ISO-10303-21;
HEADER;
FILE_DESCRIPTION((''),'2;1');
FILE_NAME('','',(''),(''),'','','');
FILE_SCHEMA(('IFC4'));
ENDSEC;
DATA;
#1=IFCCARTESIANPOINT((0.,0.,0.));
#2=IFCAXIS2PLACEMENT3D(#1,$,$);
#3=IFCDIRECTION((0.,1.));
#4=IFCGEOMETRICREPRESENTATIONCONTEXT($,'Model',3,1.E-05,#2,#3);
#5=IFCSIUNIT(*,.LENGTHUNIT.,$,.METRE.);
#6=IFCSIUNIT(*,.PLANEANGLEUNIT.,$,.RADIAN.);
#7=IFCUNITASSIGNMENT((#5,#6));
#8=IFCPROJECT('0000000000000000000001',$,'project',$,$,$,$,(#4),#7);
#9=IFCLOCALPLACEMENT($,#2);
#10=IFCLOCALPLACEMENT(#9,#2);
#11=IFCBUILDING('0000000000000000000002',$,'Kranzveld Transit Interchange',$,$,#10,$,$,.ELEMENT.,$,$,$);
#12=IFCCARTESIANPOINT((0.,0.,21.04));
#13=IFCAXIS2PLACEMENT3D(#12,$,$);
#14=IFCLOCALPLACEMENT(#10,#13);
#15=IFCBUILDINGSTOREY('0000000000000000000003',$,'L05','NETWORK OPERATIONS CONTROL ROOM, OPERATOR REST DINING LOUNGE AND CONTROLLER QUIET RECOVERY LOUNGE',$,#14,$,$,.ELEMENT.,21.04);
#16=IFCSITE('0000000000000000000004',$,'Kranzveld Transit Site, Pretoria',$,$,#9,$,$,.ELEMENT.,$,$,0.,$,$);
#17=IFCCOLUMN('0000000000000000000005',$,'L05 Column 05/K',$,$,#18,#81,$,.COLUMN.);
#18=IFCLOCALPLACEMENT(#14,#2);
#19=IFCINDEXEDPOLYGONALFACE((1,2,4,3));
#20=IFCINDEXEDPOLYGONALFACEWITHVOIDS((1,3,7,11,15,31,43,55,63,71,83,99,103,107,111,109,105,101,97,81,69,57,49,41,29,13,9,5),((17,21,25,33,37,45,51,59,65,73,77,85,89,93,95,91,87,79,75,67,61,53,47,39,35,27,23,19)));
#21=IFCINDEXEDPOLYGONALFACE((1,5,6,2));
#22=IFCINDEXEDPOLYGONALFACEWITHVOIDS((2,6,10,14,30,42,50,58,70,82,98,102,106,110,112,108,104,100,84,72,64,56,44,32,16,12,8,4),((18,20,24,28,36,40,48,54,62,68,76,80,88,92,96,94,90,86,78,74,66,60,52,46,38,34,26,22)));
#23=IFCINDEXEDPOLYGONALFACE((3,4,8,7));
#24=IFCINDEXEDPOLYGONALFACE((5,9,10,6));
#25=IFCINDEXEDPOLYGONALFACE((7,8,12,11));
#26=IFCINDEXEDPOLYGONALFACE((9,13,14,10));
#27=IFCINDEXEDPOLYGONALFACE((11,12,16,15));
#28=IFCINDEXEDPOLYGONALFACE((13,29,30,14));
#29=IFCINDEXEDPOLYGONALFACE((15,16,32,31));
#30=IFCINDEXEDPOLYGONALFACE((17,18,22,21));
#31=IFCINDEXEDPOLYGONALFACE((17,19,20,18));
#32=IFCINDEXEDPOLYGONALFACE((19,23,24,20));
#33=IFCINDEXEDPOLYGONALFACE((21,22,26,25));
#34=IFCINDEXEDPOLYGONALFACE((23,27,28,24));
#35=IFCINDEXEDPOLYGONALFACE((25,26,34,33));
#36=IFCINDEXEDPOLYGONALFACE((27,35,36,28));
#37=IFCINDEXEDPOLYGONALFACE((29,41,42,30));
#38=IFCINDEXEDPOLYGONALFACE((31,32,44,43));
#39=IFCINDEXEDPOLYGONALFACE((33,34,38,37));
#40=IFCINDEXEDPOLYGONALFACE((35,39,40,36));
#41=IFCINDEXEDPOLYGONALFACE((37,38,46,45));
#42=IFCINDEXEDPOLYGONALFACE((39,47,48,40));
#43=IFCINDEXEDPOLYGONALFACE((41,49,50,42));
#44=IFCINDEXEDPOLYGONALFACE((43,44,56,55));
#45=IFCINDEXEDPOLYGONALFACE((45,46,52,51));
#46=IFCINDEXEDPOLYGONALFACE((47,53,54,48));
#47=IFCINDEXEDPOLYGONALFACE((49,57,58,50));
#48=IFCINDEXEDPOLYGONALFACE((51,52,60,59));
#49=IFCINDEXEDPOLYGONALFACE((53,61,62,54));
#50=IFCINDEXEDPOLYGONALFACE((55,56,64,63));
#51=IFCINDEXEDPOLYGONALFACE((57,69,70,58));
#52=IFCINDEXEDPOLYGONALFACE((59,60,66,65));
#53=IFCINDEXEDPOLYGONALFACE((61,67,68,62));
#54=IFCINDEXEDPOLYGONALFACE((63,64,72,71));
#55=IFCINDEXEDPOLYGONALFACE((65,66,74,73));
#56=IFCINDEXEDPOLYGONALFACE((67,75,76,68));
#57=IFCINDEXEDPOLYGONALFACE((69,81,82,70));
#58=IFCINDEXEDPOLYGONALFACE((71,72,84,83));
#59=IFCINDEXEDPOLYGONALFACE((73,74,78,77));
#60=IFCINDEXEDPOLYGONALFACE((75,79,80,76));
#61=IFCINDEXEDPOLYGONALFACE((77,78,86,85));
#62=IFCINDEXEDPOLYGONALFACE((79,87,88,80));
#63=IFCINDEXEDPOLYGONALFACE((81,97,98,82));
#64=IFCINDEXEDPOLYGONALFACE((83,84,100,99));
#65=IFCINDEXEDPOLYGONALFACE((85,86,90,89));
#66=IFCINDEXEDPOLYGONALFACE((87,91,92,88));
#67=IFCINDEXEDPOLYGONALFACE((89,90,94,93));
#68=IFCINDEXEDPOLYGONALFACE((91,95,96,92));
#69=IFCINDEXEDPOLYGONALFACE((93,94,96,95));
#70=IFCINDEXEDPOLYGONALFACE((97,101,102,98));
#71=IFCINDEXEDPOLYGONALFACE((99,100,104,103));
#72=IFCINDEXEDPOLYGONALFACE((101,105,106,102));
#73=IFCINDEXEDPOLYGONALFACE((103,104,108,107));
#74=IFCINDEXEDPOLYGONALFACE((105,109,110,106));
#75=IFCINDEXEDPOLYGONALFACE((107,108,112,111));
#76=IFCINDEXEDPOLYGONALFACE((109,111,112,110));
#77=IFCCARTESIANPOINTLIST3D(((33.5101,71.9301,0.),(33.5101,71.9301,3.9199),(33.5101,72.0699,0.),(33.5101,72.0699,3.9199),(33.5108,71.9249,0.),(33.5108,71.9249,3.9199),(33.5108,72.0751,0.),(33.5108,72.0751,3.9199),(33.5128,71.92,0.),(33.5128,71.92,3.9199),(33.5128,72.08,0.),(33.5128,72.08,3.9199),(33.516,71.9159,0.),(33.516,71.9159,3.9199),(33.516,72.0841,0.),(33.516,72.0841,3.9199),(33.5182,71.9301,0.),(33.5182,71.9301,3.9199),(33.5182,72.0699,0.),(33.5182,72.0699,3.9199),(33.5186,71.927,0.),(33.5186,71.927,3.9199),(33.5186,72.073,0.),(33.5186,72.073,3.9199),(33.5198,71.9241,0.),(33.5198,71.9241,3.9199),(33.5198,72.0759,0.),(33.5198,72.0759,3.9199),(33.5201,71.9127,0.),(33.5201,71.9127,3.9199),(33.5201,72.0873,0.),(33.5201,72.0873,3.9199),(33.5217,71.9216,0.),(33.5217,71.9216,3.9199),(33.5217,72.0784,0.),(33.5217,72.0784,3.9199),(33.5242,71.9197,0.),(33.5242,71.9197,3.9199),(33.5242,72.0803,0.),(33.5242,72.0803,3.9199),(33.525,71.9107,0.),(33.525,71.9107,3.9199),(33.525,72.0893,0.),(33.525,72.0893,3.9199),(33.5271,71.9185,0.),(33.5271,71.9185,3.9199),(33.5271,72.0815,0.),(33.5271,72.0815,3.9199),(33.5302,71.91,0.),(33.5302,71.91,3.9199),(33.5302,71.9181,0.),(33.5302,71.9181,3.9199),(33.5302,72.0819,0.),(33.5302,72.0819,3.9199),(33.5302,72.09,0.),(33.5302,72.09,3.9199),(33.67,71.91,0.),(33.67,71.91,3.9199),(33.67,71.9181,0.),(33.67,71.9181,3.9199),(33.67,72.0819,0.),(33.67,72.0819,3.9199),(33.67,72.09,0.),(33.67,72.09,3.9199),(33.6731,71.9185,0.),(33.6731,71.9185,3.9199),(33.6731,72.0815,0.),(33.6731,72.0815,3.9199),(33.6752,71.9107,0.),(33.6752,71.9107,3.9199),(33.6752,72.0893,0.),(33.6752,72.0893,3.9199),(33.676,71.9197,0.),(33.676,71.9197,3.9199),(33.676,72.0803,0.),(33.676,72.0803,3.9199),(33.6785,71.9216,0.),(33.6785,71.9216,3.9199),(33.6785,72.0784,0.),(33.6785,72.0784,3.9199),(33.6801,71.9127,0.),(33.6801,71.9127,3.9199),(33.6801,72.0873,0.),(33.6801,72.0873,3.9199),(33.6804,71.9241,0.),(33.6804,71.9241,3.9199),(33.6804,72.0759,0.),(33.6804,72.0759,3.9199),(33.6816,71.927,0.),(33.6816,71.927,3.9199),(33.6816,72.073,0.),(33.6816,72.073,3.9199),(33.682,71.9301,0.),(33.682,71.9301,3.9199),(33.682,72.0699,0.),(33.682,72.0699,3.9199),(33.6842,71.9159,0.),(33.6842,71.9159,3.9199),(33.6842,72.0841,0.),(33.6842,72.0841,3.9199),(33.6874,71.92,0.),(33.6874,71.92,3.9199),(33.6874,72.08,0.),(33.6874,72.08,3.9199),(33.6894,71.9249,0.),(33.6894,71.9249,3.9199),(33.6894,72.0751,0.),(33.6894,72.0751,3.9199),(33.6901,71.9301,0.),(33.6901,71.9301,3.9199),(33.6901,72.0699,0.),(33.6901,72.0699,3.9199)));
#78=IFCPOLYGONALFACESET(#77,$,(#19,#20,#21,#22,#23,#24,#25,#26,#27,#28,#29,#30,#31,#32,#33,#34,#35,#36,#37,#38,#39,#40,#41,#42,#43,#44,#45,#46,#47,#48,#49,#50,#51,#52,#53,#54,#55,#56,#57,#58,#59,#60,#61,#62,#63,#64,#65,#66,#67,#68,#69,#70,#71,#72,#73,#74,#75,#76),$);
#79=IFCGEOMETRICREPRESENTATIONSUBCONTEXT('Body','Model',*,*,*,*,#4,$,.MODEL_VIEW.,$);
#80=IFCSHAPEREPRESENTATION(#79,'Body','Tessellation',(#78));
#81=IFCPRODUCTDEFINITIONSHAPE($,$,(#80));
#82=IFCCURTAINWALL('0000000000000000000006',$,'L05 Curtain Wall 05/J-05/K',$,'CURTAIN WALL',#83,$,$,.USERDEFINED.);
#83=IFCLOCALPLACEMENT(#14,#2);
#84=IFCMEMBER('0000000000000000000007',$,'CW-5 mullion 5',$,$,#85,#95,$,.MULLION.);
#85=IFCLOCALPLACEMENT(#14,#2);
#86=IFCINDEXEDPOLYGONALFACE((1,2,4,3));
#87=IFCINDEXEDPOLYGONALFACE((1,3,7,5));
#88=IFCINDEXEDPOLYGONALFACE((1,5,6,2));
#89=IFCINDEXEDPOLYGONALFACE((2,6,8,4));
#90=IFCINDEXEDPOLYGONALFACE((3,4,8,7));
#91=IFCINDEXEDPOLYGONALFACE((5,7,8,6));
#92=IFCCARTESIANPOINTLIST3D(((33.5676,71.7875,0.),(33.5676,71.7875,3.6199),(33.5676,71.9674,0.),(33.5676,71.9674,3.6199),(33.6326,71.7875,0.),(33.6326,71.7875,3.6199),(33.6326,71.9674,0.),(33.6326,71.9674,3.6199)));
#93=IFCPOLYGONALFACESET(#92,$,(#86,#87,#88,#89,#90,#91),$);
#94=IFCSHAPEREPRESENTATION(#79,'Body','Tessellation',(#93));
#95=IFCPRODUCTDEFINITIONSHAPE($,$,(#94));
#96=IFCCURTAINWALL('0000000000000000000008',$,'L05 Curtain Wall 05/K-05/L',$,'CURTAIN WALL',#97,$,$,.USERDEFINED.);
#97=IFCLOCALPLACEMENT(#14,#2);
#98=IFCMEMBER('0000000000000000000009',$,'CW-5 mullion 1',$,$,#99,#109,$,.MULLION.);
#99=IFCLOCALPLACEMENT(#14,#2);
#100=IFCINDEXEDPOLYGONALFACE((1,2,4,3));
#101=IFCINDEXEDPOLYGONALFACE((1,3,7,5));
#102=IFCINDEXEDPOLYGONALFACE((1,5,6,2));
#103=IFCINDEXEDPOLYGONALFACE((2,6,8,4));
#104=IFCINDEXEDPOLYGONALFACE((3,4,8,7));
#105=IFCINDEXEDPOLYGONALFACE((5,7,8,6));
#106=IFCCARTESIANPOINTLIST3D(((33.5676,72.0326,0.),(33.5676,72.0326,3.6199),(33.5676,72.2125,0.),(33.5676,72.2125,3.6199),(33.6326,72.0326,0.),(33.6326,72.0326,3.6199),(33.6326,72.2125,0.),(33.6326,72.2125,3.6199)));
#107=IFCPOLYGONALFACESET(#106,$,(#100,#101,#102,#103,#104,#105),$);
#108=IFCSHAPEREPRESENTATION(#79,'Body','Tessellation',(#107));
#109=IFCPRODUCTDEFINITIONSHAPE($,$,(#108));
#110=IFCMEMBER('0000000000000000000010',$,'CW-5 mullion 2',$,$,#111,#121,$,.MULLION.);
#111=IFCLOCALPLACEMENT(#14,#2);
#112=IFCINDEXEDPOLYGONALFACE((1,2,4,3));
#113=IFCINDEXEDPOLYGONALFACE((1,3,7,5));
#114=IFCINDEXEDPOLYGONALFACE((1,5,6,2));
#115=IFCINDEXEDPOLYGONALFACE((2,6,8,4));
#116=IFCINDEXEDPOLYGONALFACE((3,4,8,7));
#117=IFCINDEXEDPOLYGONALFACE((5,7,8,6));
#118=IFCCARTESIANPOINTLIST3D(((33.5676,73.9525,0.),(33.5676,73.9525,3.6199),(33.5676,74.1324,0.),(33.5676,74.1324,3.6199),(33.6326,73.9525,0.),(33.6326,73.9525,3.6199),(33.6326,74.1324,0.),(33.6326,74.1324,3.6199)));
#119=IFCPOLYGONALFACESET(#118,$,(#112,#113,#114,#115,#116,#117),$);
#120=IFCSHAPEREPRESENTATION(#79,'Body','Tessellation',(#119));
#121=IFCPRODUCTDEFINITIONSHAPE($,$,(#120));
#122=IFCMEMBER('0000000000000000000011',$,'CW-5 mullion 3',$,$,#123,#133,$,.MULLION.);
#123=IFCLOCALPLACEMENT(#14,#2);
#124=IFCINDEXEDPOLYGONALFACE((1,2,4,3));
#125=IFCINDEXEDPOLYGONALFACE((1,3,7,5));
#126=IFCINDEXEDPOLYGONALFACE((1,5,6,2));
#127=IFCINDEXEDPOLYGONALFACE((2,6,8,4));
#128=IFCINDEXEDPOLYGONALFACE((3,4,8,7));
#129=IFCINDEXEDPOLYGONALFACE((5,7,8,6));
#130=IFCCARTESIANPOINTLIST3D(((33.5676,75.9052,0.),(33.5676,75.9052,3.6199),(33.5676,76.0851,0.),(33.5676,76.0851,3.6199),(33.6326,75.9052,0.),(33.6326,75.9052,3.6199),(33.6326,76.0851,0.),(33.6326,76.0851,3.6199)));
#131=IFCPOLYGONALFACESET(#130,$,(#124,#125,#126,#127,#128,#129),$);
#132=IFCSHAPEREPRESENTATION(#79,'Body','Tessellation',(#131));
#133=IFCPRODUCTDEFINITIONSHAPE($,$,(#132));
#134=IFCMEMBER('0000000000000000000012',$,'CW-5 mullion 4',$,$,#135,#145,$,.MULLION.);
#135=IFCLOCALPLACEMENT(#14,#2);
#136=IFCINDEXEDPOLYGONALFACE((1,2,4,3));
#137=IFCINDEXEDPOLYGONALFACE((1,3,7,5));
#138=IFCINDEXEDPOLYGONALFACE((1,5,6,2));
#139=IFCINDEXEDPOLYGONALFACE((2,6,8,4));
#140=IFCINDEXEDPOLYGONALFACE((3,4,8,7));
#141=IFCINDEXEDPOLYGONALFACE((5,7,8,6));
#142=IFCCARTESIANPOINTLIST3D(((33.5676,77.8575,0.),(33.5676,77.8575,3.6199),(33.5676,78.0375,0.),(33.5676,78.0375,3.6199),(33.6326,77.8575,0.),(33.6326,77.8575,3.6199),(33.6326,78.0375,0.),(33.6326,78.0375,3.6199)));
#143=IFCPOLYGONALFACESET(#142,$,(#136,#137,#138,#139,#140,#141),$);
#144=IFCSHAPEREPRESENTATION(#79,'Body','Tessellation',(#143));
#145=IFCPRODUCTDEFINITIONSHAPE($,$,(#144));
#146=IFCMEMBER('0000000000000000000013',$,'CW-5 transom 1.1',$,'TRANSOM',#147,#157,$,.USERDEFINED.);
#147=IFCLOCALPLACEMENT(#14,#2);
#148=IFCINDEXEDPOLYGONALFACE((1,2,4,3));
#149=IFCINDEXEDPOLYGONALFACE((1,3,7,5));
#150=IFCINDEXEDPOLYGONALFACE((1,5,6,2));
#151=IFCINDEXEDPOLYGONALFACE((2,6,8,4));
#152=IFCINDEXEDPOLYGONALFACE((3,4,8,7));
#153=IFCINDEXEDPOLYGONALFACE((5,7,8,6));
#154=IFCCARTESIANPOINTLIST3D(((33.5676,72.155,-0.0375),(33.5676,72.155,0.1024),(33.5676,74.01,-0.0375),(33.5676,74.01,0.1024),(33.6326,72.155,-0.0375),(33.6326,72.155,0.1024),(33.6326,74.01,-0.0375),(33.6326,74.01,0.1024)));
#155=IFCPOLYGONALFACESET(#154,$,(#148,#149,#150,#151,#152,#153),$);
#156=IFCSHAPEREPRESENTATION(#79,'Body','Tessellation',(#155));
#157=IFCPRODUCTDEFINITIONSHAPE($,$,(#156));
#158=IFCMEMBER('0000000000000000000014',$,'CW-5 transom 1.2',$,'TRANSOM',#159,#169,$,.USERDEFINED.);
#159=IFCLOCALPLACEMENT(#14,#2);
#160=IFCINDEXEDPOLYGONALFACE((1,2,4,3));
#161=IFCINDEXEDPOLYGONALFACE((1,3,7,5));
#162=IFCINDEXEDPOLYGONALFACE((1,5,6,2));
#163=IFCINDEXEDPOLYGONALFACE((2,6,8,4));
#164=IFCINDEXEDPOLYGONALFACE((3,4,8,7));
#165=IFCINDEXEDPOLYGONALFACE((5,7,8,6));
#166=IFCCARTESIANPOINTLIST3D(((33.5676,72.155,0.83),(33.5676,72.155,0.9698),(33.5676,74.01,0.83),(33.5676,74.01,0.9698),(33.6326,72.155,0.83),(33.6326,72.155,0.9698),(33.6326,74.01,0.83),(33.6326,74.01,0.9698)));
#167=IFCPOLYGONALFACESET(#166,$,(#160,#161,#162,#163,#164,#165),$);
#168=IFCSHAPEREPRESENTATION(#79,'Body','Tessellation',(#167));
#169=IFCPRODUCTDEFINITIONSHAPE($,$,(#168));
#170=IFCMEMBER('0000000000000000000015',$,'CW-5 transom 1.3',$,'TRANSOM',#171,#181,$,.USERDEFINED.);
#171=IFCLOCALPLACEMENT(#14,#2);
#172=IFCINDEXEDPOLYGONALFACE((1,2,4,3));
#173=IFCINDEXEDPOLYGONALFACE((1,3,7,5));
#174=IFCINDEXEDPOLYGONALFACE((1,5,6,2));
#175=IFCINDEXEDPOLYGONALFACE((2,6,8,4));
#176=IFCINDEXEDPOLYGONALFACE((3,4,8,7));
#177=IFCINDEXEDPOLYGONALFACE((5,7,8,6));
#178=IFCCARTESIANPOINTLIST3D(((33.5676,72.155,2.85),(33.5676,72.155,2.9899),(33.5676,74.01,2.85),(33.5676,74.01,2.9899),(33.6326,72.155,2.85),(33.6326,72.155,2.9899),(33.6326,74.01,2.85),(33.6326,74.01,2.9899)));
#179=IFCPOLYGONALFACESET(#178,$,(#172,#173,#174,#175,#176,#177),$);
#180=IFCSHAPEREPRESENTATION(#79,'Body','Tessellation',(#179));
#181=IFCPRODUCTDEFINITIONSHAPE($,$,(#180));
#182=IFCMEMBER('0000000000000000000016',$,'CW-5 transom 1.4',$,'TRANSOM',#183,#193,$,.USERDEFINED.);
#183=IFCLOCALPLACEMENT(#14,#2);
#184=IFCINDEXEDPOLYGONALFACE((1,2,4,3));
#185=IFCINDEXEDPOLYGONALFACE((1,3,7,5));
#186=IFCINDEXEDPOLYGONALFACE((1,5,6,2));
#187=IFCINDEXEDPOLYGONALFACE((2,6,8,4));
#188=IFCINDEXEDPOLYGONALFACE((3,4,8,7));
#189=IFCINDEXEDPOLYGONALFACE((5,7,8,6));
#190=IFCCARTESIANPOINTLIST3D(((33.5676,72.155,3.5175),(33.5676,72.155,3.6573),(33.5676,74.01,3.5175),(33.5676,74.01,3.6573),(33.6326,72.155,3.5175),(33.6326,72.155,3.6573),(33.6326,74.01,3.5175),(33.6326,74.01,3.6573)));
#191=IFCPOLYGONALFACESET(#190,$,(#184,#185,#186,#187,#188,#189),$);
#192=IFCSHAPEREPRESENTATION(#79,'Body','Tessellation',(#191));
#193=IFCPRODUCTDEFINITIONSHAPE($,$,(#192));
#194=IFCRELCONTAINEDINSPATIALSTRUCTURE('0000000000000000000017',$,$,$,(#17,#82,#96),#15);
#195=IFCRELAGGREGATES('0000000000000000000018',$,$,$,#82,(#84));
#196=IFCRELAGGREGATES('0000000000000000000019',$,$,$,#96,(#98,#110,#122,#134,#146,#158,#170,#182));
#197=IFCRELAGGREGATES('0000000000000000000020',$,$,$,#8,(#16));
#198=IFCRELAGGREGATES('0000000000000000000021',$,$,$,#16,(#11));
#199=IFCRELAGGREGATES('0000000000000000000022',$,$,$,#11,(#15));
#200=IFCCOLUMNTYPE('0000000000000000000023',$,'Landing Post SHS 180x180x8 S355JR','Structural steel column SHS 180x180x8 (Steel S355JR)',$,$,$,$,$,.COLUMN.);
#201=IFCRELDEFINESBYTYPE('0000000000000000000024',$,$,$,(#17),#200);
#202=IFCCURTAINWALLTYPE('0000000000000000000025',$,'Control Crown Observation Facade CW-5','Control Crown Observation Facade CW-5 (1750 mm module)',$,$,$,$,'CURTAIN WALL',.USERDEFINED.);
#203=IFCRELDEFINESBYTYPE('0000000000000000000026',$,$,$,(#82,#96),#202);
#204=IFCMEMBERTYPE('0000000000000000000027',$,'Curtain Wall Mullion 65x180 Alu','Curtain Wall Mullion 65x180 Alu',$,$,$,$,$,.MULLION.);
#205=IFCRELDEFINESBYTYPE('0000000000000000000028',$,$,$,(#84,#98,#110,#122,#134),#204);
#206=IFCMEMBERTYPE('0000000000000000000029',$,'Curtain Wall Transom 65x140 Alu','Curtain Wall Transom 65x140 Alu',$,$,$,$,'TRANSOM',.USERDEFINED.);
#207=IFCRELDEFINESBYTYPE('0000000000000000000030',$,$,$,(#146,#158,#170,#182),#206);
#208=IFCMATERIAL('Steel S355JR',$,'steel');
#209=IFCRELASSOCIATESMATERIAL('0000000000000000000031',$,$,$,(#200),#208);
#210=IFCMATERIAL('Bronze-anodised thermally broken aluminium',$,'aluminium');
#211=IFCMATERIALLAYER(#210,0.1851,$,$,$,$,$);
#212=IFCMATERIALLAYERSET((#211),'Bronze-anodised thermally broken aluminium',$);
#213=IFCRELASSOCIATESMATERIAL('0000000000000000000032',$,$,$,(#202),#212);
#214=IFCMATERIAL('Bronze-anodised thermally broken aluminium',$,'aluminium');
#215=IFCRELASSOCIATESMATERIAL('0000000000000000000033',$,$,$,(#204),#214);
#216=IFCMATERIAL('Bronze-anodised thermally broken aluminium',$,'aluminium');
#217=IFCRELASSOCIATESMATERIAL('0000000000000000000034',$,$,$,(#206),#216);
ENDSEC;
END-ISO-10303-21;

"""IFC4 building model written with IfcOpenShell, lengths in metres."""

from ifc_helpers import new_model, si_unit, direction, frame, origin, origin_2d, place, context, subcontext, project, spatial, rectangle, hollow_rectangle, extrude, material, layer, layer_set, material_profile, profile_set, type_object, element, aggregate, save


model = new_model("IFC4")

# Units and contexts
model_context = context("Model", 3, precision=1e-05, world=origin(), true_north=direction((0.0, 1.0)))
body_context = subcontext(model_context, "Body", "Model", "MODEL_VIEW")
ifc_project = project(units=[si_unit("LENGTHUNIT", "METRE"), si_unit("PLANEANGLEUNIT", "RADIAN")], contexts=[model_context])

# Site, building, storey
site_placement = place(None, origin())
site = spatial("IfcSite", under=ifc_project, at=site_placement, Name="Kranzveld Transit Site, Pretoria", CompositionType="ELEMENT", RefElevation=0.0)
building_placement = place(site_placement, origin())
building = spatial("IfcBuilding", under=site, at=building_placement, Name="Kranzveld Transit Interchange", CompositionType="ELEMENT")
storey_placement = place(building_placement, frame((0.0, 0.0, 21.04)))
storey = spatial("IfcBuildingStorey", under=building, at=storey_placement, Name="L05", Description="NETWORK OPERATIONS CONTROL ROOM, OPERATOR REST DINING LOUNGE AND CONTROLLER QUIET RECOVERY LOUNGE", CompositionType="ELEMENT", Elevation=21.04)

# Column
ifc_material_1 = material(Name="Steel S355JR", Category="steel")
ifc_material_profile_1 = material_profile(ifc_material_1, hollow_rectangle(XDim=0.1799, YDim=0.1799, WallThickness=0.0081, InnerFilletRadius=0.012, OuterFilletRadius=0.02, at=origin_2d()), Name="SHS 180x180x8")
ifc_profile_set_1 = profile_set([ifc_material_profile_1], Name="Steel S355JR")
column_type = type_object("IfcColumnType", Name="Landing Post SHS 180x180x8 S355JR", Description="Structural steel column SHS 180x180x8 (Steel S355JR)", PredefinedType="COLUMN", material=ifc_profile_set_1)
column_placement = place(storey_placement, frame((33.6001, 72.0, 0.0), z_axis=(0.0, 0.0, 1.0), x_axis=(1.0, 0.0, 0.0)))
element("IfcColumn", 1, at=column_placement, inside=storey, type_object=column_type, Name="L05 Column 05/K", PredefinedType="COLUMN", context=body_context, shape_type="SweptSolid", body=[
    extrude(hollow_rectangle(XDim=0.1799, YDim=0.1799, WallThickness=0.0081, InnerFilletRadius=0.012, OuterFilletRadius=0.02, at=origin_2d()), origin(), (0.0, 0.0, 1.0), 3.9199),
])

# Curtain wall, member
ifc_material_2 = material(Name="Bronze-anodised thermally broken aluminium", Category="aluminium")
ifc_layer_1 = layer(ifc_material_2, 0.1851)
ifc_layer_set_1 = layer_set([ifc_layer_1], Name="Bronze-anodised thermally broken aluminium")
curtain_wall_type = type_object("IfcCurtainWallType", Name="Control Crown Observation Facade CW-5", Description="Control Crown Observation Facade CW-5 (1750 mm module)", ElementType="CURTAIN WALL", PredefinedType="USERDEFINED", material=ifc_layer_set_1)
curtain_wall_1_placement = place(storey_placement, origin())
curtain_wall_1 = element("IfcCurtainWall", 2, at=curtain_wall_1_placement, inside=storey, type_object=curtain_wall_type, Name="L05 Curtain Wall 05/J-05/K", ObjectType="CURTAIN WALL", PredefinedType="USERDEFINED")
ifc_material_3 = material(Name="Bronze-anodised thermally broken aluminium", Category="aluminium")
ifc_material_profile_2 = material_profile(ifc_material_3, rectangle(XDim=0.0649, YDim=0.1799, at=origin_2d()), Name="ALU MULLION 65x180")
ifc_profile_set_2 = profile_set([ifc_material_profile_2], Name="Bronze-anodised thermally broken aluminium")
member_type_1 = type_object("IfcMemberType", Name="Curtain Wall Mullion 65x180 Alu", Description="Curtain Wall Mullion 65x180 Alu", PredefinedType="MULLION", material=ifc_profile_set_2)
member_1_placement = place(storey_placement, frame((33.6001, 71.8774, 0.0), z_axis=(0.0, 0.0, 1.0), x_axis=(-1.0, 0.0, 0.0)))
member_1 = element("IfcMember", 3, at=member_1_placement, type_object=member_type_1, Name="CW-5 mullion 5", PredefinedType="MULLION", context=body_context, shape_type="SweptSolid", body=[
    extrude(rectangle(XDim=0.0649, YDim=0.1799, at=origin_2d()), origin(), (0.0, 0.0, 1.0), 3.6199),
])

# Curtain wall, members
curtain_wall_2_placement = place(storey_placement, origin())
curtain_wall_2 = element("IfcCurtainWall", 4, at=curtain_wall_2_placement, inside=storey, type_object=curtain_wall_type, Name="L05 Curtain Wall 05/K-05/L", ObjectType="CURTAIN WALL", PredefinedType="USERDEFINED")
member_2_placement = place(storey_placement, frame((33.6001, 72.1226, 0.0), z_axis=(0.0, 0.0, 1.0), x_axis=(-1.0, 0.0, 0.0)))
member_2 = element("IfcMember", 5, at=member_2_placement, type_object=member_type_1, Name="CW-5 mullion 1", PredefinedType="MULLION", context=body_context, shape_type="SweptSolid", body=[
    extrude(rectangle(XDim=0.0649, YDim=0.1799, at=origin_2d()), origin(), (0.0, 0.0, 1.0), 3.6199),
])
member_3_placement = place(storey_placement, frame((33.6001, 74.0425, 0.0), z_axis=(0.0, 0.0, 1.0), x_axis=(-1.0, 0.0, 0.0)))
member_3 = element("IfcMember", 6, at=member_3_placement, type_object=member_type_1, Name="CW-5 mullion 2", PredefinedType="MULLION", context=body_context, shape_type="SweptSolid", body=[
    extrude(rectangle(XDim=0.0649, YDim=0.1799, at=origin_2d()), origin(), (0.0, 0.0, 1.0), 3.6199),
])
member_4_placement = place(storey_placement, frame((33.6001, 75.9951, 0.0), z_axis=(0.0, 0.0, 1.0), x_axis=(-1.0, 0.0, 0.0)))
member_4 = element("IfcMember", 7, at=member_4_placement, type_object=member_type_1, Name="CW-5 mullion 3", PredefinedType="MULLION", context=body_context, shape_type="SweptSolid", body=[
    extrude(rectangle(XDim=0.0649, YDim=0.1799, at=origin_2d()), origin(), (0.0, 0.0, 1.0), 3.6199),
])
member_5_placement = place(storey_placement, frame((33.6001, 77.9475, 0.0), z_axis=(0.0, 0.0, 1.0), x_axis=(-1.0, 0.0, 0.0)))
member_5 = element("IfcMember", 8, at=member_5_placement, type_object=member_type_1, Name="CW-5 mullion 4", PredefinedType="MULLION", context=body_context, shape_type="SweptSolid", body=[
    extrude(rectangle(XDim=0.0649, YDim=0.1799, at=origin_2d()), origin(), (0.0, 0.0, 1.0), 3.6199),
])
ifc_material_4 = material(Name="Bronze-anodised thermally broken aluminium", Category="aluminium")
ifc_material_profile_3 = material_profile(ifc_material_4, rectangle(XDim=0.0649, YDim=0.1399, at=origin_2d()), Name="ALU TRANSOM 65x140")
ifc_profile_set_3 = profile_set([ifc_material_profile_3], Name="Bronze-anodised thermally broken aluminium")
member_type_2 = type_object("IfcMemberType", Name="Curtain Wall Transom 65x140 Alu", Description="Curtain Wall Transom 65x140 Alu", ElementType="TRANSOM", PredefinedType="USERDEFINED", material=ifc_profile_set_3)
member_6_placement = place(storey_placement, frame((33.6001, 72.155, 0.0325), z_axis=(0.0, 1.0, 0.0), x_axis=(-1.0, 0.0, 0.0)))
member_6 = element("IfcMember", 9, at=member_6_placement, type_object=member_type_2, Name="CW-5 transom 1.1", ObjectType="TRANSOM", PredefinedType="USERDEFINED", context=body_context, shape_type="SweptSolid", body=[
    extrude(rectangle(XDim=0.0649, YDim=0.1399, at=origin_2d()), origin(), (0.0, 0.0, 1.0), 1.855),
])
member_7_placement = place(storey_placement, frame((33.6001, 72.155, 0.8999), z_axis=(0.0, 1.0, 0.0), x_axis=(-1.0, 0.0, 0.0)))
member_7 = element("IfcMember", 10, at=member_7_placement, type_object=member_type_2, Name="CW-5 transom 1.2", ObjectType="TRANSOM", PredefinedType="USERDEFINED", context=body_context, shape_type="SweptSolid", body=[
    extrude(rectangle(XDim=0.0649, YDim=0.1399, at=origin_2d()), origin(), (0.0, 0.0, 1.0), 1.855),
])
member_8_placement = place(storey_placement, frame((33.6001, 72.155, 2.9199), z_axis=(0.0, 1.0, 0.0), x_axis=(-1.0, 0.0, 0.0)))
member_8 = element("IfcMember", 11, at=member_8_placement, type_object=member_type_2, Name="CW-5 transom 1.3", ObjectType="TRANSOM", PredefinedType="USERDEFINED", context=body_context, shape_type="SweptSolid", body=[
    extrude(rectangle(XDim=0.0649, YDim=0.1399, at=origin_2d()), origin(), (0.0, 0.0, 1.0), 1.855),
])
member_9_placement = place(storey_placement, frame((33.6001, 72.155, 3.5874), z_axis=(0.0, 1.0, 0.0), x_axis=(-1.0, 0.0, 0.0)))
member_9 = element("IfcMember", 12, at=member_9_placement, type_object=member_type_2, Name="CW-5 transom 1.4", ObjectType="TRANSOM", PredefinedType="USERDEFINED", context=body_context, shape_type="SweptSolid", body=[
    extrude(rectangle(XDim=0.0649, YDim=0.1399, at=origin_2d()), origin(), (0.0, 0.0, 1.0), 1.855),
])

aggregate(curtain_wall_1, [member_1])
aggregate(curtain_wall_2, [member_2, member_3, member_4, member_5, member_6, member_7, member_8, member_9])

save(model, "model.ifc")
